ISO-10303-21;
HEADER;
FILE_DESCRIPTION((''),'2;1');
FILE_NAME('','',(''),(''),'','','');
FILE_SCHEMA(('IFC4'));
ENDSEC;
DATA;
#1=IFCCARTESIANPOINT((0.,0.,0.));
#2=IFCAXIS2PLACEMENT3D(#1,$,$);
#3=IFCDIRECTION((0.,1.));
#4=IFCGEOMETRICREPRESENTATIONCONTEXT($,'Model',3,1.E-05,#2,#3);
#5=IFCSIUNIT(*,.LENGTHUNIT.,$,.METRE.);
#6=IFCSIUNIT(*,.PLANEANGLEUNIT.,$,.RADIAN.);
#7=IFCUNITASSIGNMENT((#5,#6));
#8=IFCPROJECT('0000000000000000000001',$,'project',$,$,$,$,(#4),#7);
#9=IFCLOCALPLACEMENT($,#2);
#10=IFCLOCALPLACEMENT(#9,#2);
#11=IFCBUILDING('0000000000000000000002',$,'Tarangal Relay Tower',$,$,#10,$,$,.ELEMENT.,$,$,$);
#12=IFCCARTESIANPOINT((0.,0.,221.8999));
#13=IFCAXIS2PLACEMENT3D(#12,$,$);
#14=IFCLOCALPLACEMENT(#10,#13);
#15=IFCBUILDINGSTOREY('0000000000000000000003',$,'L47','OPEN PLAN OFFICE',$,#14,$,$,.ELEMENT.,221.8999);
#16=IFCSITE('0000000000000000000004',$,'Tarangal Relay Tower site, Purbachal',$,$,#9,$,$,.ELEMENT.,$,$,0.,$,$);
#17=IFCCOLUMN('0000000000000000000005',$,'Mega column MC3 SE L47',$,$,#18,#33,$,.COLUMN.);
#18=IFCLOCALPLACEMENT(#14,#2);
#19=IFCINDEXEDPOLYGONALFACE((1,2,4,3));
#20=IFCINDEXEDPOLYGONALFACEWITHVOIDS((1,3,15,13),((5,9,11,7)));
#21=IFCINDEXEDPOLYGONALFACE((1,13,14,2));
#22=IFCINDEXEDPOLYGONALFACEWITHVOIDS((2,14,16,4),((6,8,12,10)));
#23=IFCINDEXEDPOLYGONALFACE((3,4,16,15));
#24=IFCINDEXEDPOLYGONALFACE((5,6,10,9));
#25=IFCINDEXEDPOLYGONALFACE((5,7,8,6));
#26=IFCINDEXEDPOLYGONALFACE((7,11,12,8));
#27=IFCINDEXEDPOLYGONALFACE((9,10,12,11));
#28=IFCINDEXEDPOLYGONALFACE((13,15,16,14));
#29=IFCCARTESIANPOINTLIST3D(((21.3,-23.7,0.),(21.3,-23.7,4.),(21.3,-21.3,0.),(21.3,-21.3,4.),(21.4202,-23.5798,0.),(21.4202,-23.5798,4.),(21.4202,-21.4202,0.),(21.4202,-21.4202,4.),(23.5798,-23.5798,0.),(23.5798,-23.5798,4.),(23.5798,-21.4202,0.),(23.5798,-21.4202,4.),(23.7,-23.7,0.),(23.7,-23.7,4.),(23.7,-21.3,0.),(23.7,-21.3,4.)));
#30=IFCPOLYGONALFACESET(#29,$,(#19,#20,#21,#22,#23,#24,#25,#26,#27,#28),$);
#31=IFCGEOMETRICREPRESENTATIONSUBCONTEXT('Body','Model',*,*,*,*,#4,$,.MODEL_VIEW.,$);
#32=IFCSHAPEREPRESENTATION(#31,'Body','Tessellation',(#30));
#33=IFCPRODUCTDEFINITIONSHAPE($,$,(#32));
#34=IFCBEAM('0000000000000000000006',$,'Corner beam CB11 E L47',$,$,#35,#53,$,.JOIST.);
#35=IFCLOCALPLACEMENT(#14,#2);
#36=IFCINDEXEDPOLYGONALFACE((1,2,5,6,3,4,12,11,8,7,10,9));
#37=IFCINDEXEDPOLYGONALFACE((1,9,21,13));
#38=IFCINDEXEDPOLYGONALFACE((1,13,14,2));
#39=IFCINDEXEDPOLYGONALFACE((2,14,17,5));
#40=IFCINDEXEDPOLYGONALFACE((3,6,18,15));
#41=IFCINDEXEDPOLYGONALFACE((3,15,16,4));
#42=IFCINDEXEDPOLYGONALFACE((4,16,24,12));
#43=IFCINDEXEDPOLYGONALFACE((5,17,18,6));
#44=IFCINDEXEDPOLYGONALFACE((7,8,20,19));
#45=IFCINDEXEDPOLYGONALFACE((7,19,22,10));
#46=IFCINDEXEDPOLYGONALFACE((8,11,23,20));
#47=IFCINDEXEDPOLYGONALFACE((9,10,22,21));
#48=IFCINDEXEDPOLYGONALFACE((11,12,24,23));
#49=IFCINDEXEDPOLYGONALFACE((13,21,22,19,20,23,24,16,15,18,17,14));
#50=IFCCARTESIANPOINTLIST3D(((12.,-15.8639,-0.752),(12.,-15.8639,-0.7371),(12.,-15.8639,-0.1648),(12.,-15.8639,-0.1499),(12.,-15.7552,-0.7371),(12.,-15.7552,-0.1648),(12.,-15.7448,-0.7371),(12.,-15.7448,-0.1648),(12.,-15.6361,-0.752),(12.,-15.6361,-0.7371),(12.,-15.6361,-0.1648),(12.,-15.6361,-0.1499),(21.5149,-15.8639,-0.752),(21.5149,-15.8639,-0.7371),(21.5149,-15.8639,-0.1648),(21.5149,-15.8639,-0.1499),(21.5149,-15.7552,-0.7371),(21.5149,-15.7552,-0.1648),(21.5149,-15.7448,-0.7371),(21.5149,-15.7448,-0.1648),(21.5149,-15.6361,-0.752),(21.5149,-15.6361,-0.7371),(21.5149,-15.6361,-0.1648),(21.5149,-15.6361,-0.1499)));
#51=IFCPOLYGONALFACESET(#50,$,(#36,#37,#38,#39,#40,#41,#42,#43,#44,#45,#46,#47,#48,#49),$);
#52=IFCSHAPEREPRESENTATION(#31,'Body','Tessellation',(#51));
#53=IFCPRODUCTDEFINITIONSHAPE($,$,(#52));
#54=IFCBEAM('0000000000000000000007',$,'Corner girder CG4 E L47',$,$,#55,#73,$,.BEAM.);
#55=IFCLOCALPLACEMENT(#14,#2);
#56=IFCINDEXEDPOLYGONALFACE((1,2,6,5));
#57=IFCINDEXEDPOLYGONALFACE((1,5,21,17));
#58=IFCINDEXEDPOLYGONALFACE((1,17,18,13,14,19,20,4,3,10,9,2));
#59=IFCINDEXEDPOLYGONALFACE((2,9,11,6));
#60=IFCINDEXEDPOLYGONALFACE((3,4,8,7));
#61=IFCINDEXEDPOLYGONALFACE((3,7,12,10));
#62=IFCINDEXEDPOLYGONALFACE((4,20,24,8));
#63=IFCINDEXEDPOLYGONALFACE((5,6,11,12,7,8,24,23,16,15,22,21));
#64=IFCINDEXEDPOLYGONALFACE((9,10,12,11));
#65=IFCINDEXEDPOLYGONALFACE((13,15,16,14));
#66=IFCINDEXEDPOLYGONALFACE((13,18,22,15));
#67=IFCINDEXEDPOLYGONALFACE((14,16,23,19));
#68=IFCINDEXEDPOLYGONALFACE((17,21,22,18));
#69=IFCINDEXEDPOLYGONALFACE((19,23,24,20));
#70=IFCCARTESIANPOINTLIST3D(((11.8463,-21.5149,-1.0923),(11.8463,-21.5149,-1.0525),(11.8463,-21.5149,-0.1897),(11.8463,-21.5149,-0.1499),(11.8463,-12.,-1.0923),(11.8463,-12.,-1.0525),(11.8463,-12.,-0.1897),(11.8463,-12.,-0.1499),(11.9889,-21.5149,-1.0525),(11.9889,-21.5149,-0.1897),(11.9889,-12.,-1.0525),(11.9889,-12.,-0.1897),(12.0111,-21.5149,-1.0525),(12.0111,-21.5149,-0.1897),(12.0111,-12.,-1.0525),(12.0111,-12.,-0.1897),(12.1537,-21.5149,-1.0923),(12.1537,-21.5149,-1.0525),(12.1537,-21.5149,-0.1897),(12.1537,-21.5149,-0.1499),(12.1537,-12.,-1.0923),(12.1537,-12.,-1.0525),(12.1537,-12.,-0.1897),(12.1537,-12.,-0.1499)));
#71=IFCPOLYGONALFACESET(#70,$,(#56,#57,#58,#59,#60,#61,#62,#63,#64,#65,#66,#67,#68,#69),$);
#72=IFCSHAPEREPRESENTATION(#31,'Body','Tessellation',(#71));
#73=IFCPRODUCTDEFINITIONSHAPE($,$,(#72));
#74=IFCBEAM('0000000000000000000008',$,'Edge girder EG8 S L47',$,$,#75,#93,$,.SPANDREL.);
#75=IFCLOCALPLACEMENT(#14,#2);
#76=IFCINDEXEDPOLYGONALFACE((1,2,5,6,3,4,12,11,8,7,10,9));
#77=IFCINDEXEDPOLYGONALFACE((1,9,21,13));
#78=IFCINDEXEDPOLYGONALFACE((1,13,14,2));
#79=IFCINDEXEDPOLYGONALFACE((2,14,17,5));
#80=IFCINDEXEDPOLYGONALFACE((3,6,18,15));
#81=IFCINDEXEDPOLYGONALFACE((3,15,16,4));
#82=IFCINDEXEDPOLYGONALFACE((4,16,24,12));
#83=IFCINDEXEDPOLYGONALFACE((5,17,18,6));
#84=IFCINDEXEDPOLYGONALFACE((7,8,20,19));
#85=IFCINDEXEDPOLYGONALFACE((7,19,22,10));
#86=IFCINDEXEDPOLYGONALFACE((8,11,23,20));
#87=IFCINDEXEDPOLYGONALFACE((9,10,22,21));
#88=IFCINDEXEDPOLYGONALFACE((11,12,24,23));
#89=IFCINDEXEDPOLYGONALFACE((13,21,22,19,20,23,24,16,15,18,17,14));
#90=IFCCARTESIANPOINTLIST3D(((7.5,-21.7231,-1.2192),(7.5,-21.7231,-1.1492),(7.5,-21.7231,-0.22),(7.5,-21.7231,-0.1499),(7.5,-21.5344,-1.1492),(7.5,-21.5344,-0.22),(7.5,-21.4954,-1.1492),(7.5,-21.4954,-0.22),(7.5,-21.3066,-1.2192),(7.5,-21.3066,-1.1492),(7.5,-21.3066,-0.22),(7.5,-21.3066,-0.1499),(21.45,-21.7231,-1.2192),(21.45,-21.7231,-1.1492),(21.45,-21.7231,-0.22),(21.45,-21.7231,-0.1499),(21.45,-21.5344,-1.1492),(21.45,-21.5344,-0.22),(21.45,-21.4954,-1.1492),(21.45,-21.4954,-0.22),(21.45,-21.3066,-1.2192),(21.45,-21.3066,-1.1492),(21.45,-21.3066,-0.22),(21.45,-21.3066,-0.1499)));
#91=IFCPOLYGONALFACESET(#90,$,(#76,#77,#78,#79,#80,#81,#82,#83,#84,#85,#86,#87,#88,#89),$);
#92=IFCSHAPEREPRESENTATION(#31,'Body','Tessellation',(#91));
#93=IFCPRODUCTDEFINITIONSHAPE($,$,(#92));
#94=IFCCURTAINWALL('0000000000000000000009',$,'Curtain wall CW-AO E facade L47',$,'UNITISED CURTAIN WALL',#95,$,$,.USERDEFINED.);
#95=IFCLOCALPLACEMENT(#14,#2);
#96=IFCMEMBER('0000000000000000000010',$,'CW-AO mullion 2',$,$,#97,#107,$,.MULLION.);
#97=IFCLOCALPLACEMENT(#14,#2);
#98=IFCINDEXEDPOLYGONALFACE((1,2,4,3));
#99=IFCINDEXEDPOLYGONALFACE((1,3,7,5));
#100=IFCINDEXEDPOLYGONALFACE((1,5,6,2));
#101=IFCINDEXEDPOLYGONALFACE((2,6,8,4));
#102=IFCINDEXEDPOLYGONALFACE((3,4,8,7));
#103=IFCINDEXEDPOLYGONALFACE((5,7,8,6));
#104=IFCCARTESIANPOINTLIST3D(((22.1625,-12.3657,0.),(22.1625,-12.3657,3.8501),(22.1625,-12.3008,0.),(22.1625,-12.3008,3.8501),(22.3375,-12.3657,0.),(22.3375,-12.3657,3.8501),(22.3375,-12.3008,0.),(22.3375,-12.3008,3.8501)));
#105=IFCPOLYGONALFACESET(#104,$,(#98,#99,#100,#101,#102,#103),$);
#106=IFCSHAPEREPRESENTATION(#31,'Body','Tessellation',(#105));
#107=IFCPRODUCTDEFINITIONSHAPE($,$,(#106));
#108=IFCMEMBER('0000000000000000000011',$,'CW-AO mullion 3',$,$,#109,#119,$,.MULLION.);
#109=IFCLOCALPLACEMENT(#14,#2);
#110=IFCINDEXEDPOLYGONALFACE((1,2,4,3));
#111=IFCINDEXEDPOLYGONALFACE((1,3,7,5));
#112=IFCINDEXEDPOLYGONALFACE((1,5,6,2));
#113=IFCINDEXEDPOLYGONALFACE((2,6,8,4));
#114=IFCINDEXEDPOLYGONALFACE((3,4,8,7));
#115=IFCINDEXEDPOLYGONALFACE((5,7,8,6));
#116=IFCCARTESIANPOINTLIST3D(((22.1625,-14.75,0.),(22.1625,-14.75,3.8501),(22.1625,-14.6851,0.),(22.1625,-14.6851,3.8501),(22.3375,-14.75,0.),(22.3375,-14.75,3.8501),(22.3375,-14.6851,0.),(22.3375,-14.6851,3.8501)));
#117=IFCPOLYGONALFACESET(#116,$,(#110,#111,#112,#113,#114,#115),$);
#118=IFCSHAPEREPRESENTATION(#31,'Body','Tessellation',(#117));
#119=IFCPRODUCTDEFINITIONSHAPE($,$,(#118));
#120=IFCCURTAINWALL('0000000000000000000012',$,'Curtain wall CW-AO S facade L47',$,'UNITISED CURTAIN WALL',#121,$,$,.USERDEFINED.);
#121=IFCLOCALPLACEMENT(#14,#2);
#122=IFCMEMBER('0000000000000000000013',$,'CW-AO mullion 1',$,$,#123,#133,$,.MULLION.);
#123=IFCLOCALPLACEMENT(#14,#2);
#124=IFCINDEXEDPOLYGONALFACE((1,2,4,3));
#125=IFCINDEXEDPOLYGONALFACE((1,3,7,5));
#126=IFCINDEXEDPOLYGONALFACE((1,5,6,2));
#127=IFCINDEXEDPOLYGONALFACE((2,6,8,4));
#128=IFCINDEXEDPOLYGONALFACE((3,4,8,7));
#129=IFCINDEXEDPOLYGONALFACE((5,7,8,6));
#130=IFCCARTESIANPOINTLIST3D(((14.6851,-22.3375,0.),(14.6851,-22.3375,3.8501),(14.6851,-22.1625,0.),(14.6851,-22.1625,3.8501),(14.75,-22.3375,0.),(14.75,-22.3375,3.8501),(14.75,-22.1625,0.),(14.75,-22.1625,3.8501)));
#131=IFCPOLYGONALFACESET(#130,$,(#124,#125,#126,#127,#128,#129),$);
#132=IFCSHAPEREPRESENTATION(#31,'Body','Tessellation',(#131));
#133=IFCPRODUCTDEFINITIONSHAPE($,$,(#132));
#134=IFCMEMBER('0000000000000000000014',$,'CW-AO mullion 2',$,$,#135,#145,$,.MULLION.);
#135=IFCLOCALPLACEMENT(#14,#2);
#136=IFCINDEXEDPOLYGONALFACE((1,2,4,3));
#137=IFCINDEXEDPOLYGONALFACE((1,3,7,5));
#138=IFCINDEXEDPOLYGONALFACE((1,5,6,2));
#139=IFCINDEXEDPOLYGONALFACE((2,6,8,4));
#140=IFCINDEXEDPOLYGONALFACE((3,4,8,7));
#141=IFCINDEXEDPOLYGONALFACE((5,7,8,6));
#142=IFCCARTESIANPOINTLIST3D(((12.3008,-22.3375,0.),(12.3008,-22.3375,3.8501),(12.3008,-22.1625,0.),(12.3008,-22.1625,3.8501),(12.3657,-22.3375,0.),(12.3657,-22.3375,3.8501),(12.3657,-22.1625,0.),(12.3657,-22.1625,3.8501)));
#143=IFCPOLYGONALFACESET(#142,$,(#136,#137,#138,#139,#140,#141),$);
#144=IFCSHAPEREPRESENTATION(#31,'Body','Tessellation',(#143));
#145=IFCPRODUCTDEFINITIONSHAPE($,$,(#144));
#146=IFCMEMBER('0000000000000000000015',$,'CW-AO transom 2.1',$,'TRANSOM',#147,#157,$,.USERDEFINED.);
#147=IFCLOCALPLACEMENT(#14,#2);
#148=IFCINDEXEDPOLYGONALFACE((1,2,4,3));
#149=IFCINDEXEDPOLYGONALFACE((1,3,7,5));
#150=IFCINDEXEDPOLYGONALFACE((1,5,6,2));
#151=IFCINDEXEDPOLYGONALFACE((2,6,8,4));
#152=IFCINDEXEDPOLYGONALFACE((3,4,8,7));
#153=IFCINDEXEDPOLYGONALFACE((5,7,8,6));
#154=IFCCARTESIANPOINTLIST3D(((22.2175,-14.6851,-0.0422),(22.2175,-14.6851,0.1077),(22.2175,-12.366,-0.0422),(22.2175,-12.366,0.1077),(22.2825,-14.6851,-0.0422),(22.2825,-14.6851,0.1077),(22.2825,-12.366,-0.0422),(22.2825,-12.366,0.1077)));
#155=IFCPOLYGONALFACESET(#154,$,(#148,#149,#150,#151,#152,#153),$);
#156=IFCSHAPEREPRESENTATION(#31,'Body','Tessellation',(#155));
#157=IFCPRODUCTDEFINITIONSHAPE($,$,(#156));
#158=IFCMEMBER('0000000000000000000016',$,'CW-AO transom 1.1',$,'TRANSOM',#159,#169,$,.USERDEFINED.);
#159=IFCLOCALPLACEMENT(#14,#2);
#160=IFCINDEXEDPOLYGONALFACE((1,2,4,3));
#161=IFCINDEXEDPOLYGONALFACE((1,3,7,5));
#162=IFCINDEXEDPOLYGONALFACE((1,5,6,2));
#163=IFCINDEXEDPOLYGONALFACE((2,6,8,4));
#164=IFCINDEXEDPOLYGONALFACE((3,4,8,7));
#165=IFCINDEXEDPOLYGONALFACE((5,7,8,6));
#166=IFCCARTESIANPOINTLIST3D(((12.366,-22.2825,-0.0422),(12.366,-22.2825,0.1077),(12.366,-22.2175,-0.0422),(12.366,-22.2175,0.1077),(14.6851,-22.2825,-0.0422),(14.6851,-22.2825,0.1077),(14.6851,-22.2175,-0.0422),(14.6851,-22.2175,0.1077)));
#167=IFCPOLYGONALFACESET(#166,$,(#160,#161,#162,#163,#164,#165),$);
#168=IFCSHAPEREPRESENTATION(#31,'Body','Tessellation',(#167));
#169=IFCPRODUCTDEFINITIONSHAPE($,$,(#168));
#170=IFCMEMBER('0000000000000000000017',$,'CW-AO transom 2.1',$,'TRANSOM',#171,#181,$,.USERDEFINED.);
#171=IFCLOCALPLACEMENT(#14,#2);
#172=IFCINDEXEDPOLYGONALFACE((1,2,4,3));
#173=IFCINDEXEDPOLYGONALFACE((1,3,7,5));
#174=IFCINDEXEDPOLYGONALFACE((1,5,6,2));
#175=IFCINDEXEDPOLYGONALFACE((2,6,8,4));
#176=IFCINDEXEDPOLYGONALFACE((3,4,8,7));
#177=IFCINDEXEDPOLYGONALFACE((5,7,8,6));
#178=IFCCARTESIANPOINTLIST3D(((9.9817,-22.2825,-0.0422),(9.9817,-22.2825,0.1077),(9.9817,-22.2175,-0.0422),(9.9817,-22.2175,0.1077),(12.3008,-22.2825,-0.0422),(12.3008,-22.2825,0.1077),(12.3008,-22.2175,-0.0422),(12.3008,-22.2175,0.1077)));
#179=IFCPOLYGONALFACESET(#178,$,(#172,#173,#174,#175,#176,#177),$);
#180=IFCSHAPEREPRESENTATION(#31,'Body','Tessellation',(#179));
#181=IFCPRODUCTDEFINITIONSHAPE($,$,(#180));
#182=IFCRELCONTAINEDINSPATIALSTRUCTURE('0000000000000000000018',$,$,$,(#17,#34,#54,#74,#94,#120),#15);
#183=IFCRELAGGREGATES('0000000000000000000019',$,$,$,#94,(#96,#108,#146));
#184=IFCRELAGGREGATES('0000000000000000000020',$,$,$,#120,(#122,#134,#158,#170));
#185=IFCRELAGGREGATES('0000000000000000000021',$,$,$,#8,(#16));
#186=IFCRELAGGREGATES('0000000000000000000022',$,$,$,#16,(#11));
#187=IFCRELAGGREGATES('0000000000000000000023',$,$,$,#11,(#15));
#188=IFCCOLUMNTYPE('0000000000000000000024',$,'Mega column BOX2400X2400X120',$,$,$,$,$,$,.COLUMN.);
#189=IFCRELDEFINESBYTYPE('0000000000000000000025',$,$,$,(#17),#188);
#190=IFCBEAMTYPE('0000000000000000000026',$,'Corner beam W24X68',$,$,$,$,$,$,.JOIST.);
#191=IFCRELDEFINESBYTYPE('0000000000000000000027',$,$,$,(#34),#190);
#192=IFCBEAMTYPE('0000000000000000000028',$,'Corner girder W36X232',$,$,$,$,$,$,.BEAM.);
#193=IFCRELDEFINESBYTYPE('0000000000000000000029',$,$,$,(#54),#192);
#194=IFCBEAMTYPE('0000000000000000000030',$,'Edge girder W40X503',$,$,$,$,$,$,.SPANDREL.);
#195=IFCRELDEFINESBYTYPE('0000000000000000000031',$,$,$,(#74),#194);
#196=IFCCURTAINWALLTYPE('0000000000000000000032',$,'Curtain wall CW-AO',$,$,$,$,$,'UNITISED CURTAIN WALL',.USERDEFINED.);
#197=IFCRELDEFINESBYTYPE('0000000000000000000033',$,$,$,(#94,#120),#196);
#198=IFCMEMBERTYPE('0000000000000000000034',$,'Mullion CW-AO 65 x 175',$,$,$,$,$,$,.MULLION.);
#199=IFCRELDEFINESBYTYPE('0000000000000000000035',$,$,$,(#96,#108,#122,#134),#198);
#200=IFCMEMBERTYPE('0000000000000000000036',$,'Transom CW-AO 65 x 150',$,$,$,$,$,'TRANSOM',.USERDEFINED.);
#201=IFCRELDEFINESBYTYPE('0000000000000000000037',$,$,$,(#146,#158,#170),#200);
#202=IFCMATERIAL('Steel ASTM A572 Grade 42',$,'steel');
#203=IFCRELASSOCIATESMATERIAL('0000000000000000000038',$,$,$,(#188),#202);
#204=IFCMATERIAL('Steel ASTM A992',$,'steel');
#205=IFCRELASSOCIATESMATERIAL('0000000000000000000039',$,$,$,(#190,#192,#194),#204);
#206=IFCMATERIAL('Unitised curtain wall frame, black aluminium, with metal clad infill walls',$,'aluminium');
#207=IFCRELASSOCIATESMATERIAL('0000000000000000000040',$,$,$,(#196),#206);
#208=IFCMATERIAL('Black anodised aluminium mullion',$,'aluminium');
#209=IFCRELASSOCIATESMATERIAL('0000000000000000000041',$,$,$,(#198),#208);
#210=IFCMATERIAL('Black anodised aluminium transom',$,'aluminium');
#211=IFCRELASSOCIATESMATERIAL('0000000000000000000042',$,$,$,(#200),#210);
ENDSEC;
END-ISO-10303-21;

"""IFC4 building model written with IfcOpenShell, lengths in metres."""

from ifc_helpers import new_model, si_unit, direction, frame, origin, origin_2d, place, context, subcontext, project, spatial, rectangle, hollow_rectangle, i_section, extrude, material, material_profile, profile_set, type_object, element, aggregate, save


model = new_model("IFC4")

# Units and contexts
model_context = context("Model", 3, precision=1e-05, world=origin(), true_north=direction((0.0, 1.0)))
body_context = subcontext(model_context, "Body", "Model", "MODEL_VIEW")
ifc_project = project(units=[si_unit("LENGTHUNIT", "METRE"), si_unit("PLANEANGLEUNIT", "RADIAN")], contexts=[model_context])

# Site, building, storey
site_placement = place(None, origin())
site = spatial("IfcSite", under=ifc_project, at=site_placement, Name="Tarangal Relay Tower site, Purbachal", CompositionType="ELEMENT", RefElevation=0.0)
building_placement = place(site_placement, origin())
building = spatial("IfcBuilding", under=site, at=building_placement, Name="Tarangal Relay Tower", CompositionType="ELEMENT")
storey_placement = place(building_placement, frame((0.0, 0.0, 221.8999)))
storey = spatial("IfcBuildingStorey", under=building, at=storey_placement, Name="L47", Description="OPEN PLAN OFFICE", CompositionType="ELEMENT", Elevation=221.8999)

# Column
ifc_material_1 = material(Name="Steel ASTM A572 Grade 42", Category="steel")
ifc_material_profile_1 = material_profile(ifc_material_1, hollow_rectangle(XDim=2.3999, YDim=2.3999, WallThickness=0.1201, at=origin_2d()), Name="BOX2400X2400X120")
ifc_profile_set_1 = profile_set([ifc_material_profile_1], Name="Steel ASTM A572 Grade 42")
column_type = type_object("IfcColumnType", Name="Mega column BOX2400X2400X120", PredefinedType="COLUMN", material=ifc_profile_set_1)
column_placement = place(storey_placement, frame((22.5, -22.5, 0.0), z_axis=(0.0, 0.0, 1.0), x_axis=(1.0, 0.0, 0.0)))
element("IfcColumn", 1, at=column_placement, inside=storey, type_object=column_type, Name="Mega column MC3 SE L47", PredefinedType="COLUMN", context=body_context, shape_type="SweptSolid", body=[
    extrude(hollow_rectangle(XDim=2.3999, YDim=2.3999, WallThickness=0.1201, at=origin_2d()), origin(), (0.0, 0.0, 1.0), 4.0),
])

# Beams
ifc_material_2 = material(Name="Steel ASTM A992", Category="steel")
ifc_material_profile_2 = material_profile(ifc_material_2, i_section(OverallWidth=0.2278, OverallDepth=0.6021, WebThickness=0.0105, FlangeThickness=0.0149, at=origin_2d()), Name="W24X68")
ifc_profile_set_2 = profile_set([ifc_material_profile_2], Name="Steel ASTM A992")
beam_type_1 = type_object("IfcBeamType", Name="Corner beam W24X68", PredefinedType="JOIST", material=ifc_profile_set_2)
beam_1_placement = place(storey_placement, frame((12.0, -15.75, -0.4509), z_axis=(1.0, 0.0, 0.0), x_axis=(0.0, 1.0, 0.0)))
element("IfcBeam", 2, at=beam_1_placement, inside=storey, type_object=beam_type_1, Name="Corner beam CB11 E L47", PredefinedType="JOIST", context=body_context, shape_type="SweptSolid", body=[
    extrude(i_section(OverallWidth=0.2278, OverallDepth=0.6021, WebThickness=0.0105, FlangeThickness=0.0149, at=origin_2d()), origin(), (0.0, 0.0, 1.0), 9.5149),
])
ifc_material_profile_3 = material_profile(ifc_material_2, i_section(OverallWidth=0.3074, OverallDepth=0.9424, WebThickness=0.0222, FlangeThickness=0.0398, at=origin_2d()), Name="W36X232")
ifc_profile_set_3 = profile_set([ifc_material_profile_3], Name="Steel ASTM A992")
beam_type_2 = type_object("IfcBeamType", Name="Corner girder W36X232", PredefinedType="BEAM", material=ifc_profile_set_3)
beam_2_placement = place(storey_placement, frame((12.0, -12.0, -0.6211), z_axis=(0.0, -1.0, 0.0), x_axis=(1.0, 0.0, 0.0)))
element("IfcBeam", 3, at=beam_2_placement, inside=storey, type_object=beam_type_2, Name="Corner girder CG4 E L47", PredefinedType="BEAM", context=body_context, shape_type="SweptSolid", body=[
    extrude(i_section(OverallWidth=0.3074, OverallDepth=0.9424, WebThickness=0.0222, FlangeThickness=0.0398, at=origin_2d()), origin(), (0.0, 0.0, 1.0), 9.5149),
])
ifc_material_profile_4 = material_profile(ifc_material_2, i_section(OverallWidth=0.4165, OverallDepth=1.0693, WebThickness=0.0391, FlangeThickness=0.0701, at=origin_2d()), Name="W40X503")
ifc_profile_set_4 = profile_set([ifc_material_profile_4], Name="Steel ASTM A992")
beam_type_3 = type_object("IfcBeamType", Name="Edge girder W40X503", PredefinedType="SPANDREL", material=ifc_profile_set_4)
beam_3_placement = place(storey_placement, frame((21.45, -21.5149, -0.6846), z_axis=(-1.0, 0.0, 0.0), x_axis=(0.0, -1.0, 0.0)))
element("IfcBeam", 4, at=beam_3_placement, inside=storey, type_object=beam_type_3, Name="Edge girder EG8 S L47", PredefinedType="SPANDREL", context=body_context, shape_type="SweptSolid", body=[
    extrude(i_section(OverallWidth=0.4165, OverallDepth=1.0693, WebThickness=0.0391, FlangeThickness=0.0701, at=origin_2d()), origin(), (0.0, 0.0, 1.0), 13.95),
])

# Curtain walls, members
ifc_material_3 = material(Name="Unitised curtain wall frame, black aluminium, with metal clad infill walls", Category="aluminium")
curtain_wall_type = type_object("IfcCurtainWallType", Name="Curtain wall CW-AO", ElementType="UNITISED CURTAIN WALL", PredefinedType="USERDEFINED", material=ifc_material_3)
curtain_wall_1_placement = place(storey_placement, origin())
curtain_wall_1 = element("IfcCurtainWall", 5, at=curtain_wall_1_placement, inside=storey, type_object=curtain_wall_type, Name="Curtain wall CW-AO E facade L47", ObjectType="UNITISED CURTAIN WALL", PredefinedType="USERDEFINED")
ifc_material_4 = material(Name="Black anodised aluminium mullion", Category="aluminium")
ifc_material_profile_5 = material_profile(ifc_material_4, rectangle(XDim=0.175, YDim=0.0649, at=origin_2d()), Name="CW-AOM 65X175")
ifc_profile_set_5 = profile_set([ifc_material_profile_5], Name="Black anodised aluminium mullion")
member_type_1 = type_object("IfcMemberType", Name="Mullion CW-AO 65 x 175", PredefinedType="MULLION", material=ifc_profile_set_5)
member_1_placement = place(storey_placement, frame((22.25, -12.3333, 0.0), z_axis=(0.0, 0.0, 1.0), x_axis=(1.0, 0.0, 0.0)))
member_1 = element("IfcMember", 6, at=member_1_placement, type_object=member_type_1, Name="CW-AO mullion 2", PredefinedType="MULLION", context=body_context, shape_type="SweptSolid", body=[
    extrude(rectangle(XDim=0.175, YDim=0.0649, at=origin_2d()), origin(), (0.0, 0.0, 1.0), 3.8501),
])
member_2_placement = place(storey_placement, frame((22.25, -14.7175, 0.0), z_axis=(0.0, 0.0, 1.0), x_axis=(1.0, 0.0, 0.0)))
member_2 = element("IfcMember", 7, at=member_2_placement, type_object=member_type_1, Name="CW-AO mullion 3", PredefinedType="MULLION", context=body_context, shape_type="SweptSolid", body=[
    extrude(rectangle(XDim=0.175, YDim=0.0649, at=origin_2d()), origin(), (0.0, 0.0, 1.0), 3.8501),
])
curtain_wall_2_placement = place(storey_placement, origin())
curtain_wall_2 = element("IfcCurtainWall", 8, at=curtain_wall_2_placement, inside=storey, type_object=curtain_wall_type, Name="Curtain wall CW-AO S facade L47", ObjectType="UNITISED CURTAIN WALL", PredefinedType="USERDEFINED")
member_3_placement = place(storey_placement, frame((14.7175, -22.25, 0.0), z_axis=(0.0, 0.0, 1.0), x_axis=(0.0, -1.0, 0.0)))
member_3 = element("IfcMember", 9, at=member_3_placement, type_object=member_type_1, Name="CW-AO mullion 1", PredefinedType="MULLION", context=body_context, shape_type="SweptSolid", body=[
    extrude(rectangle(XDim=0.175, YDim=0.0649, at=origin_2d()), origin(), (0.0, 0.0, 1.0), 3.8501),
])
member_4_placement = place(storey_placement, frame((12.3333, -22.25, 0.0), z_axis=(0.0, 0.0, 1.0), x_axis=(0.0, -1.0, 0.0)))
member_4 = element("IfcMember", 10, at=member_4_placement, type_object=member_type_1, Name="CW-AO mullion 2", PredefinedType="MULLION", context=body_context, shape_type="SweptSolid", body=[
    extrude(rectangle(XDim=0.175, YDim=0.0649, at=origin_2d()), origin(), (0.0, 0.0, 1.0), 3.8501),
])

# Members
ifc_material_5 = material(Name="Black anodised aluminium transom", Category="aluminium")
ifc_material_profile_6 = material_profile(ifc_material_5, rectangle(XDim=0.0649, YDim=0.1499, at=origin_2d()), Name="CW-AOT 65X150")
ifc_profile_set_6 = profile_set([ifc_material_profile_6], Name="Black anodised aluminium transom")
member_type_2 = type_object("IfcMemberType", Name="Transom CW-AO 65 x 150", ElementType="TRANSOM", PredefinedType="USERDEFINED", material=ifc_profile_set_6)
member_5_placement = place(storey_placement, frame((22.25, -12.366, 0.0327), z_axis=(0.0, -1.0, 0.0), x_axis=(1.0, 0.0, 0.0)))
member_5 = element("IfcMember", 11, at=member_5_placement, type_object=member_type_2, Name="CW-AO transom 2.1", ObjectType="TRANSOM", PredefinedType="USERDEFINED", context=body_context, shape_type="SweptSolid", body=[
    extrude(rectangle(XDim=0.0649, YDim=0.1499, at=origin_2d()), origin(), (0.0, 0.0, 1.0), 2.3191),
])
aggregate(curtain_wall_1, [member_1, member_2, member_5])
member_6_placement = place(storey_placement, frame((14.6851, -22.25, 0.0327), z_axis=(-1.0, 0.0, 0.0), x_axis=(0.0, -1.0, 0.0)))
member_6 = element("IfcMember", 12, at=member_6_placement, type_object=member_type_2, Name="CW-AO transom 1.1", ObjectType="TRANSOM", PredefinedType="USERDEFINED", context=body_context, shape_type="SweptSolid", body=[
    extrude(rectangle(XDim=0.0649, YDim=0.1499, at=origin_2d()), origin(), (0.0, 0.0, 1.0), 2.3191),
])
member_7_placement = place(storey_placement, frame((12.3008, -22.25, 0.0327), z_axis=(-1.0, 0.0, 0.0), x_axis=(0.0, -1.0, 0.0)))
member_7 = element("IfcMember", 13, at=member_7_placement, type_object=member_type_2, Name="CW-AO transom 2.1", ObjectType="TRANSOM", PredefinedType="USERDEFINED", context=body_context, shape_type="SweptSolid", body=[
    extrude(rectangle(XDim=0.0649, YDim=0.1499, at=origin_2d()), origin(), (0.0, 0.0, 1.0), 2.3191),
])
aggregate(curtain_wall_2, [member_3, member_4, member_6, member_7])

save(model, "model.ifc")
